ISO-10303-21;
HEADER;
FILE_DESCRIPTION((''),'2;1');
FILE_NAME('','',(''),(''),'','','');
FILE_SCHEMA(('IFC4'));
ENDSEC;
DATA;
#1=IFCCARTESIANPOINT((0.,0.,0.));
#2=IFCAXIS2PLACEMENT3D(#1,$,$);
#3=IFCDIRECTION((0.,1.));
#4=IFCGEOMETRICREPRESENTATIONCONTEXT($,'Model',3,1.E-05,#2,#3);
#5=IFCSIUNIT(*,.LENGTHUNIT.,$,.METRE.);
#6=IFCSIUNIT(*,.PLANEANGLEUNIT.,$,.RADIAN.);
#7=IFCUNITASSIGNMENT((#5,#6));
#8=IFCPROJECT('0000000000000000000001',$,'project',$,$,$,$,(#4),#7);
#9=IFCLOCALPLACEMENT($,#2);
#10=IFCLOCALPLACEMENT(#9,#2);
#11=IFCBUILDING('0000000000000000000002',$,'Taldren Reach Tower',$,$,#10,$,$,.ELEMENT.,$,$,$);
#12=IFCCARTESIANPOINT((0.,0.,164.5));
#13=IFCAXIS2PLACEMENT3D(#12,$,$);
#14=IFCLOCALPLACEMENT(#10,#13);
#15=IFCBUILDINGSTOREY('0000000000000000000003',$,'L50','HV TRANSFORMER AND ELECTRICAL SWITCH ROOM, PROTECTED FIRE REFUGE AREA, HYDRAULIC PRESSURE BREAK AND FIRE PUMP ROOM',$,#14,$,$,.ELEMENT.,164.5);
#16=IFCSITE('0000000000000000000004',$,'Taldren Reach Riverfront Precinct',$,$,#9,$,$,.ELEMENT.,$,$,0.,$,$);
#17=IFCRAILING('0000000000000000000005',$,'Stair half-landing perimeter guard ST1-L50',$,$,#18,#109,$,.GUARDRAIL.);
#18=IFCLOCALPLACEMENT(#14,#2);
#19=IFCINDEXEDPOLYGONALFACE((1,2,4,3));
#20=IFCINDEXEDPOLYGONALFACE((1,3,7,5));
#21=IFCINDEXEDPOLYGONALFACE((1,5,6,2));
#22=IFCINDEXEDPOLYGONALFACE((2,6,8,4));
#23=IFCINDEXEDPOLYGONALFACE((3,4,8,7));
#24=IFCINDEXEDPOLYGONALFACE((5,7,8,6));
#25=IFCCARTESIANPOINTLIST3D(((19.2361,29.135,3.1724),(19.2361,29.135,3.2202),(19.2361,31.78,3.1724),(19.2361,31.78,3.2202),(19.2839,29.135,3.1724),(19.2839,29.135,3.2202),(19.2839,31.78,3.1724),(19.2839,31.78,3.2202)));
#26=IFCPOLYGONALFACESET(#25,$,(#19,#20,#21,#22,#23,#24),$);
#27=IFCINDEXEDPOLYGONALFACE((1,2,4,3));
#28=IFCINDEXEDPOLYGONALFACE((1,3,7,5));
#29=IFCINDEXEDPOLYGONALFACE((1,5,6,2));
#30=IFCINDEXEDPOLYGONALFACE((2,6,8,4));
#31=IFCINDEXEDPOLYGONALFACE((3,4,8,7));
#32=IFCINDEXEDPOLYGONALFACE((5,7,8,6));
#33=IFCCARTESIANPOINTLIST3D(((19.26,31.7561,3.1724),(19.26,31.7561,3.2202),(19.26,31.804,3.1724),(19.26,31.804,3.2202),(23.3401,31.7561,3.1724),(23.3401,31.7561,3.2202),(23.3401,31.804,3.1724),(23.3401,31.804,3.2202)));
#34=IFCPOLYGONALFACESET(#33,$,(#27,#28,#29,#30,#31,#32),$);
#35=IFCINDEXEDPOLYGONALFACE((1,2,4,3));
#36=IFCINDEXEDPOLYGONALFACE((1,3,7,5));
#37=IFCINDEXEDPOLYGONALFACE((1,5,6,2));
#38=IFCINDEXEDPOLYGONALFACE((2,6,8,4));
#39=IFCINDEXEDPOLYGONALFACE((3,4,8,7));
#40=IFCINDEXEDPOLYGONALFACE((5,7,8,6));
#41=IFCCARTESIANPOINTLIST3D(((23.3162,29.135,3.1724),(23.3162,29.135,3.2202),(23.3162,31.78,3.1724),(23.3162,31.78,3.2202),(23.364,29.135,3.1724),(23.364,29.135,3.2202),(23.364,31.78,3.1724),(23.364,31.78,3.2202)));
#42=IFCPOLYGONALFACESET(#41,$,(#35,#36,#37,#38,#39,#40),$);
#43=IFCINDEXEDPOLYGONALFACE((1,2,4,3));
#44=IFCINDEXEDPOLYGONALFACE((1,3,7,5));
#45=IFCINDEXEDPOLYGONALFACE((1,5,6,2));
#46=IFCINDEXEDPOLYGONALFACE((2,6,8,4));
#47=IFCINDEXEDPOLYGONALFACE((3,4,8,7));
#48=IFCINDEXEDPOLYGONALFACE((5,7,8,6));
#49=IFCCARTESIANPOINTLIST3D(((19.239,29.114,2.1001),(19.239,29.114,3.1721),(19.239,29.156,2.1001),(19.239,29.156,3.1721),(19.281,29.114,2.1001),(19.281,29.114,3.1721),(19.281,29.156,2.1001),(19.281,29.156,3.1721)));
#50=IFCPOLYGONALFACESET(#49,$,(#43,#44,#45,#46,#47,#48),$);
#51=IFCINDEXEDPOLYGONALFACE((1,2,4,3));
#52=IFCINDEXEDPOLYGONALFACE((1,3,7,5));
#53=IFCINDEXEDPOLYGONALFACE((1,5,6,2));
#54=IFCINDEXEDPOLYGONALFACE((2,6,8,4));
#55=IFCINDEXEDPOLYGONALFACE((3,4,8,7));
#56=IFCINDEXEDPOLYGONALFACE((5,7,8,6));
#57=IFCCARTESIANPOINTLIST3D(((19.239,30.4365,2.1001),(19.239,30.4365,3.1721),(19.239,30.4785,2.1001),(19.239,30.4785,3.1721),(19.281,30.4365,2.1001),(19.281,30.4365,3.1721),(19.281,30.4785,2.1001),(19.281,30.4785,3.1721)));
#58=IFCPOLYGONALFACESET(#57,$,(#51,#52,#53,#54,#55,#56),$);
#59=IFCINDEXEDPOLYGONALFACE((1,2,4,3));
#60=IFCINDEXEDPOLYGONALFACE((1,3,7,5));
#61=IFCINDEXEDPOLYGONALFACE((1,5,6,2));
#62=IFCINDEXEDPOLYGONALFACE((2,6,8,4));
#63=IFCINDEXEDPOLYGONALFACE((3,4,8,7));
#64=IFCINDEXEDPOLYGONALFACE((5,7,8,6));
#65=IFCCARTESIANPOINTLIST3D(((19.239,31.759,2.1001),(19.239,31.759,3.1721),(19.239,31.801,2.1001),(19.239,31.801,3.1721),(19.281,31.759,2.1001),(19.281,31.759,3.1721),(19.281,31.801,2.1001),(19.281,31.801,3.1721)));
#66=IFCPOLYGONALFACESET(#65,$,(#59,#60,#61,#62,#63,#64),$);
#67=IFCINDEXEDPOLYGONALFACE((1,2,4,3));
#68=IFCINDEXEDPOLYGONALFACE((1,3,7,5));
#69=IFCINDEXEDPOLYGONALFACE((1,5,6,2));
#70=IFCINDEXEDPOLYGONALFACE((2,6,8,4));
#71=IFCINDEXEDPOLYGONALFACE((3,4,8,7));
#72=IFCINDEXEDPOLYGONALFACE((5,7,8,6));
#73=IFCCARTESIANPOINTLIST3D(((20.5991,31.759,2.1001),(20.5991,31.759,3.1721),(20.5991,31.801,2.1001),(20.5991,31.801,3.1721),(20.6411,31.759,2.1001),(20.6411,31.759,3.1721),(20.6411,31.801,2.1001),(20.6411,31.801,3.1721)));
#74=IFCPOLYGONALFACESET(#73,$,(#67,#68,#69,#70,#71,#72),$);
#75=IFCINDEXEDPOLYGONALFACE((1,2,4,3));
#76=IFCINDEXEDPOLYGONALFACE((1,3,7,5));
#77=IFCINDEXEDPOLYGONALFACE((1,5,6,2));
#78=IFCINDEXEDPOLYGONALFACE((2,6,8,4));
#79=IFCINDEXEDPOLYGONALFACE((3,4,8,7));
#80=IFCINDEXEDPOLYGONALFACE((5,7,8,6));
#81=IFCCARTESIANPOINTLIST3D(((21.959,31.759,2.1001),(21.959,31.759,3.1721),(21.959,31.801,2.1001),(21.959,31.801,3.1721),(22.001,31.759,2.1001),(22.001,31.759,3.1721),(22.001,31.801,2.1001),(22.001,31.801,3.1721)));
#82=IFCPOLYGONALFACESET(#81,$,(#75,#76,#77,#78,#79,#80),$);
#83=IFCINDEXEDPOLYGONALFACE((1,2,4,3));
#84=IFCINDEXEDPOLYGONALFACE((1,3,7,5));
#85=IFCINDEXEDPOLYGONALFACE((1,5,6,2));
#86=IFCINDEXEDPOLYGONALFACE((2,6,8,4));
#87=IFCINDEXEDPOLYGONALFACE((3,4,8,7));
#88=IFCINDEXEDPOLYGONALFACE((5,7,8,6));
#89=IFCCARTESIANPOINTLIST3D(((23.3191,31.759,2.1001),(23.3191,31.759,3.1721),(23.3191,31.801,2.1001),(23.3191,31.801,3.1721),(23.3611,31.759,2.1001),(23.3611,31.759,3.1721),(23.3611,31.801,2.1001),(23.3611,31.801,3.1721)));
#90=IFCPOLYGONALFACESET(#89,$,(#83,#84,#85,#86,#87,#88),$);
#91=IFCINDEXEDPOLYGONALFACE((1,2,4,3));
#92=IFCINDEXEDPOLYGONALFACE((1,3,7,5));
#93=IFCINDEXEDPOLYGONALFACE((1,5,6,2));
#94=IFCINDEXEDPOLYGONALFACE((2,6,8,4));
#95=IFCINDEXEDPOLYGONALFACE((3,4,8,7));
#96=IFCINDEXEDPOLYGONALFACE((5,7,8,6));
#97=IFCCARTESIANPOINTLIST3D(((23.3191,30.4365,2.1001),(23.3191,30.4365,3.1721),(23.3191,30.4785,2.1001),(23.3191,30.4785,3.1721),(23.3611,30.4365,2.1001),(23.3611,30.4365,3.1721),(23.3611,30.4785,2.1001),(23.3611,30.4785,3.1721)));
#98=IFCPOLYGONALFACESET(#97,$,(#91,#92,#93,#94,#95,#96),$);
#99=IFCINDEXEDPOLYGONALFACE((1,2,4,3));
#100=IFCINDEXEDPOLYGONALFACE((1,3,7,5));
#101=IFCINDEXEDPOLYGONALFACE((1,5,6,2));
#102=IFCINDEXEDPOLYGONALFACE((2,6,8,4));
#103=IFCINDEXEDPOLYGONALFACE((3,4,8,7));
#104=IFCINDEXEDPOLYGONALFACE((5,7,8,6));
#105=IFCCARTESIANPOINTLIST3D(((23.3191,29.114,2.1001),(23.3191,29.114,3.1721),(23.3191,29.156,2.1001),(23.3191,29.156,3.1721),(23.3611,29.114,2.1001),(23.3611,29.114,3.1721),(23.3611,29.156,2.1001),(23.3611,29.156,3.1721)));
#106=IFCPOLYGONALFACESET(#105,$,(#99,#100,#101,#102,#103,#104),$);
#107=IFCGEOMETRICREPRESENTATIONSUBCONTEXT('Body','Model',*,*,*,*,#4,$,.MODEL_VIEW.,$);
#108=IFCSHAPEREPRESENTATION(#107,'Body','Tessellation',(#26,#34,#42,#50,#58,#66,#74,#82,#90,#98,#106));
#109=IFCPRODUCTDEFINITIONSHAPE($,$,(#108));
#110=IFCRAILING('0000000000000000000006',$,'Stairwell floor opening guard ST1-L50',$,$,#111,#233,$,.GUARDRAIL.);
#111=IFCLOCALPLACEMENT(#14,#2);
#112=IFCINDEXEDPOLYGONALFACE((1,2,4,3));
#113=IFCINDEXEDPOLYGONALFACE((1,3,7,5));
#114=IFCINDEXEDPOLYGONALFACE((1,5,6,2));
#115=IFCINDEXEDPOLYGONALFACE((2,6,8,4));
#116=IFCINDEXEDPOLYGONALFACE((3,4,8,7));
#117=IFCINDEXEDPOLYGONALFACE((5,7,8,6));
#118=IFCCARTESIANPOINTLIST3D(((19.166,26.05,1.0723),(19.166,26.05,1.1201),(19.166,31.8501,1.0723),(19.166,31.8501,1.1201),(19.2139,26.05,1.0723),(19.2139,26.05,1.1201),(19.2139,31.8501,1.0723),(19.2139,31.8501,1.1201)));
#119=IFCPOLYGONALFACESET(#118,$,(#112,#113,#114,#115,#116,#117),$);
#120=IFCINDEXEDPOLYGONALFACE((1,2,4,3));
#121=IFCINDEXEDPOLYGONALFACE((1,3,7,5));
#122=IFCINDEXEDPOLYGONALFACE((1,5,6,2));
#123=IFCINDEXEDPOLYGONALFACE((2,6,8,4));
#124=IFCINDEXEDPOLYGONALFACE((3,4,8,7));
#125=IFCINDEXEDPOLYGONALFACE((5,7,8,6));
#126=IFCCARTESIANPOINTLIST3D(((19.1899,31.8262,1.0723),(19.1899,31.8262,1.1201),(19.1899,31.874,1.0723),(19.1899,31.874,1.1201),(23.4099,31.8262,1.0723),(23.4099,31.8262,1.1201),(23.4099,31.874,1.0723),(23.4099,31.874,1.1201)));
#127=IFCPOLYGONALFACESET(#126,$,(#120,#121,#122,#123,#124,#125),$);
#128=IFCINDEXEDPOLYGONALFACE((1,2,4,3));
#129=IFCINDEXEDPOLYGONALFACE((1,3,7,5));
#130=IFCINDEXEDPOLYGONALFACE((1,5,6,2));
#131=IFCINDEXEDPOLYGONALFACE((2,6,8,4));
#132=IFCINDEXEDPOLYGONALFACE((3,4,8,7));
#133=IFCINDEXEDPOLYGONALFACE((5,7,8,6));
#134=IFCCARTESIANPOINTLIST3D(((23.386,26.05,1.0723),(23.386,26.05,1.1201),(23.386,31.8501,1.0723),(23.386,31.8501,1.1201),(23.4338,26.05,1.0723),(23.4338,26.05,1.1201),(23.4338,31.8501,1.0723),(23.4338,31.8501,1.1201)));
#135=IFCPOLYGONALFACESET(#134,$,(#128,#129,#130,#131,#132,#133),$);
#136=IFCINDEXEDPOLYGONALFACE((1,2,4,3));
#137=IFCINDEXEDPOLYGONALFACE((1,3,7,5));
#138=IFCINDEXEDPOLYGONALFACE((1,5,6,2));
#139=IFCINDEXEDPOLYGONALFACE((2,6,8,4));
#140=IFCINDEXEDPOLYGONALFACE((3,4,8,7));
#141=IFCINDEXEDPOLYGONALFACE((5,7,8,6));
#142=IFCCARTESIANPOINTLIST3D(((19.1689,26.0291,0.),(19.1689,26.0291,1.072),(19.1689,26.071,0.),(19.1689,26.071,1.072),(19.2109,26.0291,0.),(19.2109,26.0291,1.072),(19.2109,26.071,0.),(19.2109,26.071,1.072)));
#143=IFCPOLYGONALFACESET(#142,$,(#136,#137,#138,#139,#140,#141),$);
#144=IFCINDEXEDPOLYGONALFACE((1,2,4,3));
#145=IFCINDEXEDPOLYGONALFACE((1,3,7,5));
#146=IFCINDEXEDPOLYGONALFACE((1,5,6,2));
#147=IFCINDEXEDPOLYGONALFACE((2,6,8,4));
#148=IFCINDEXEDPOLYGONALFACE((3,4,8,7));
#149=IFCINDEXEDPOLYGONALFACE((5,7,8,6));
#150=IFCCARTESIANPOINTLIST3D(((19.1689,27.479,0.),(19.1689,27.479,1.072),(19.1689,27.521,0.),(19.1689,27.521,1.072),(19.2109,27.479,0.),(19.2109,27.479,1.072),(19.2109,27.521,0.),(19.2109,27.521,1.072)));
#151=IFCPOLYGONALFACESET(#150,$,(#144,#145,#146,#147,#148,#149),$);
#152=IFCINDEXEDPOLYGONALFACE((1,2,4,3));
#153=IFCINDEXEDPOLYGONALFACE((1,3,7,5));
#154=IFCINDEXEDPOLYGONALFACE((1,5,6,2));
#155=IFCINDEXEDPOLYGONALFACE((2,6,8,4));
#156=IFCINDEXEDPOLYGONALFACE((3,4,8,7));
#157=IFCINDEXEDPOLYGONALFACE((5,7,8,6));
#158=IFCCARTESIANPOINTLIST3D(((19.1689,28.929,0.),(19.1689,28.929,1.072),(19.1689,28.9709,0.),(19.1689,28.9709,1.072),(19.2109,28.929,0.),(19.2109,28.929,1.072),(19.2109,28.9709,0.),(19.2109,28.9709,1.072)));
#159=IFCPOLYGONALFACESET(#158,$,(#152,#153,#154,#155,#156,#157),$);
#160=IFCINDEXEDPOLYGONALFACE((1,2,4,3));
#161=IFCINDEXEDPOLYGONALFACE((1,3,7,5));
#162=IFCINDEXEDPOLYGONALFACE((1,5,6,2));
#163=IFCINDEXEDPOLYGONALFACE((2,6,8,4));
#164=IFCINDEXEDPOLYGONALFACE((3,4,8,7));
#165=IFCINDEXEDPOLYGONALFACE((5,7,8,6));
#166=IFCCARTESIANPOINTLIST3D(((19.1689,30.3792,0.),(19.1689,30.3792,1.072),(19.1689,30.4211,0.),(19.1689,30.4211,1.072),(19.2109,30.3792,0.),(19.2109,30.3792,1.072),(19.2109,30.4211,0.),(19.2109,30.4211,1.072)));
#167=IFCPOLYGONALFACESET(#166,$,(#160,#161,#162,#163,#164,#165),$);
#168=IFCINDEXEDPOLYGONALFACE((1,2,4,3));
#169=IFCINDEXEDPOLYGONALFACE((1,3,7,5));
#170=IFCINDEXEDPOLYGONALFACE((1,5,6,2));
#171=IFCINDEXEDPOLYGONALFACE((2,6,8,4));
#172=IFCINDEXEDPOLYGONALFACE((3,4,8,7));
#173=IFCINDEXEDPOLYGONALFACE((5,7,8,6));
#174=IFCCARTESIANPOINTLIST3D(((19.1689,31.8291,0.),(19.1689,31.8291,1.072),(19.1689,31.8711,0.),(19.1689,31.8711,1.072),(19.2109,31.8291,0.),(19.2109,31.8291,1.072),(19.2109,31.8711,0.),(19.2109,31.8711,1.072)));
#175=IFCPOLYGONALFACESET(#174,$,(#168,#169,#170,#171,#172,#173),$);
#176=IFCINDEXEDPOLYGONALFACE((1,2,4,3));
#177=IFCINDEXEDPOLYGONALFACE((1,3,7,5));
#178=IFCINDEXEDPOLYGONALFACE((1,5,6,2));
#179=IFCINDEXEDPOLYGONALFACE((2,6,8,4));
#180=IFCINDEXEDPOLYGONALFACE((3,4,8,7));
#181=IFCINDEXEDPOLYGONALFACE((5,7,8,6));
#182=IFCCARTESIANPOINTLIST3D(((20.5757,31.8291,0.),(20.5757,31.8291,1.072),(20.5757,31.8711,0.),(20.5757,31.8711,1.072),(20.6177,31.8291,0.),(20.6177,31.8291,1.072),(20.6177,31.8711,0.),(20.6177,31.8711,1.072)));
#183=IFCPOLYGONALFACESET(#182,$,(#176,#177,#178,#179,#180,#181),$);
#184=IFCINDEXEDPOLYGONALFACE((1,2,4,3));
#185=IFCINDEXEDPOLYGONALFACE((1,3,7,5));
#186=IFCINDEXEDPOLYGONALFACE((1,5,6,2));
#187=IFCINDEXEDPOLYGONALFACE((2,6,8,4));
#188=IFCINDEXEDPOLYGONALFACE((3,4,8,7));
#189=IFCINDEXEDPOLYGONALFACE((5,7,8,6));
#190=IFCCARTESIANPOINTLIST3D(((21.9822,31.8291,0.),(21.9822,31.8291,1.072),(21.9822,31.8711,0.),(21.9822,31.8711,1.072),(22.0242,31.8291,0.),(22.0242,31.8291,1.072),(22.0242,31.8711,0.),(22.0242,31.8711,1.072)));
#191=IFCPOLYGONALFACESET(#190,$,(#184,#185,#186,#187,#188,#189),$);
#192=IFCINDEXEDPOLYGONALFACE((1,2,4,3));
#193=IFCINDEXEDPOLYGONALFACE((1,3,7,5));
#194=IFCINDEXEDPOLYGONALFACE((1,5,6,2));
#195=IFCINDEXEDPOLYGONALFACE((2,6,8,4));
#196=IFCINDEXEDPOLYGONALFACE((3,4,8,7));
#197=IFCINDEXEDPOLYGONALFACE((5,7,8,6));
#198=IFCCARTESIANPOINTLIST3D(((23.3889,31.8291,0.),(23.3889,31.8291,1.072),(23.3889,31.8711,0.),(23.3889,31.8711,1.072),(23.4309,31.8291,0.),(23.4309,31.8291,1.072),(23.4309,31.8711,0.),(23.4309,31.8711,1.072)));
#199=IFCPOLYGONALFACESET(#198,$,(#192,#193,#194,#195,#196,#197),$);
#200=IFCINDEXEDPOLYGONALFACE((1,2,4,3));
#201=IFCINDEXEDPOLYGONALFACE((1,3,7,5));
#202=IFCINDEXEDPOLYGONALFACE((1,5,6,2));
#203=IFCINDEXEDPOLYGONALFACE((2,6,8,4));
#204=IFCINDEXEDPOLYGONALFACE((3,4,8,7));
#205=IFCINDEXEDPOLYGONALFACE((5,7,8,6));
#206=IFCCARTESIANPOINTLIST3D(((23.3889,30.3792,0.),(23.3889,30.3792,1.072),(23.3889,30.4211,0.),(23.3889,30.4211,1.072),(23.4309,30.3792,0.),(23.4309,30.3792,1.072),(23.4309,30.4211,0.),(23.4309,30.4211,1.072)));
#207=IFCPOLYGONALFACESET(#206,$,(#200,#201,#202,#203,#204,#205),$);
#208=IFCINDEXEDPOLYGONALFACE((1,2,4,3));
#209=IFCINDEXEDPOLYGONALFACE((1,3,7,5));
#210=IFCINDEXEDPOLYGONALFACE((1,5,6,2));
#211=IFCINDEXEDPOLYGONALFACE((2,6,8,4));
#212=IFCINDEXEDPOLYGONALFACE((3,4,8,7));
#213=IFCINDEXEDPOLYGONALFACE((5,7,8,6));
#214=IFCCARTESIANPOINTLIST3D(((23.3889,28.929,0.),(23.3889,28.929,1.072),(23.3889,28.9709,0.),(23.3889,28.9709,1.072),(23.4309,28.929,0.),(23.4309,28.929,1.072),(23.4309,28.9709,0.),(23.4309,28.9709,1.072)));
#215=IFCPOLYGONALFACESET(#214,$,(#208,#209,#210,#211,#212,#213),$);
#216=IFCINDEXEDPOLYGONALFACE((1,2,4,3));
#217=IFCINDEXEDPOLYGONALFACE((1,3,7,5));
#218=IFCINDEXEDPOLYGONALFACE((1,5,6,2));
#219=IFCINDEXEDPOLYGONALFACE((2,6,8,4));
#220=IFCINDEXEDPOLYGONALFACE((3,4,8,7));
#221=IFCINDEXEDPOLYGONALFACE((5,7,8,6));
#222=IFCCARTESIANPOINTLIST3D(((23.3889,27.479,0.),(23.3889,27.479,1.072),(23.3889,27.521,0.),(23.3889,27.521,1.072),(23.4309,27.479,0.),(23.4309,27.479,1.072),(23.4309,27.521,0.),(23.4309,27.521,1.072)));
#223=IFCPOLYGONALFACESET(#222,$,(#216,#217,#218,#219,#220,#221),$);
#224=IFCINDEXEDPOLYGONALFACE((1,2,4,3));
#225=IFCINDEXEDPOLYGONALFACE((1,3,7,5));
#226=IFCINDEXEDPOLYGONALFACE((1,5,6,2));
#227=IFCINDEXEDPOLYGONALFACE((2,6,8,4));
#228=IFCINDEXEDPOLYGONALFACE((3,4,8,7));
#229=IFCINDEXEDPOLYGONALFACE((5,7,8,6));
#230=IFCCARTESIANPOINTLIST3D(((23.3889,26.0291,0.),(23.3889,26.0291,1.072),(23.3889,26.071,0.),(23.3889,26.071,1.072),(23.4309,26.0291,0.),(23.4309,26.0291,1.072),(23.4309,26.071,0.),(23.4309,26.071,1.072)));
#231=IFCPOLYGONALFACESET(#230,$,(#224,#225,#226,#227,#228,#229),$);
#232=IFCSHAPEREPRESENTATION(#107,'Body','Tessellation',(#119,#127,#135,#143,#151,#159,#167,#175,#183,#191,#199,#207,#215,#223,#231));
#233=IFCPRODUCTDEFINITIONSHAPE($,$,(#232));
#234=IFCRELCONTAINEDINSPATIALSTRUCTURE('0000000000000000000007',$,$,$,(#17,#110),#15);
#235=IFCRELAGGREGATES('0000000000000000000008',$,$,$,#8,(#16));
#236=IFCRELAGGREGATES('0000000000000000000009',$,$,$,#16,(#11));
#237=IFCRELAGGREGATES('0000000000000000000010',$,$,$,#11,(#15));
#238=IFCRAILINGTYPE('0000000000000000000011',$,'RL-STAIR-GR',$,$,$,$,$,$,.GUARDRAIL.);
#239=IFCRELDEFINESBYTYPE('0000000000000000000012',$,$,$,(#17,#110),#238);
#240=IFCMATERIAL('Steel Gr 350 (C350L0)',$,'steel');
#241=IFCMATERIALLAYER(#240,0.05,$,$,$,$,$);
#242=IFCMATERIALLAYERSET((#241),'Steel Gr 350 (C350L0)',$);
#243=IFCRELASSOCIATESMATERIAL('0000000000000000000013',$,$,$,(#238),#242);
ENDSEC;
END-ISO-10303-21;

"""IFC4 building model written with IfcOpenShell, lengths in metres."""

from ifc_helpers import new_model, si_unit, direction, frame, origin, origin_2d, place, context, subcontext, project, spatial, rectangle, extrude, material, layer, layer_set, type_object, element, save


model = new_model("IFC4")

# Units and contexts
model_context = context("Model", 3, precision=1e-05, world=origin(), true_north=direction((0.0, 1.0)))
body_context = subcontext(model_context, "Body", "Model", "MODEL_VIEW")
ifc_project = project(units=[si_unit("LENGTHUNIT", "METRE"), si_unit("PLANEANGLEUNIT", "RADIAN")], contexts=[model_context])

# Site, building, storey
site_placement = place(None, origin())
site = spatial("IfcSite", under=ifc_project, at=site_placement, Name="Taldren Reach Riverfront Precinct", CompositionType="ELEMENT", RefElevation=0.0)
building_placement = place(site_placement, origin())
building = spatial("IfcBuilding", under=site, at=building_placement, Name="Taldren Reach Tower", CompositionType="ELEMENT")
storey_placement = place(building_placement, frame((0.0, 0.0, 164.5)))
storey = spatial("IfcBuildingStorey", under=building, at=storey_placement, Name="L50", Description="HV TRANSFORMER AND ELECTRICAL SWITCH ROOM, PROTECTED FIRE REFUGE AREA, HYDRAULIC PRESSURE BREAK AND FIRE PUMP ROOM", CompositionType="ELEMENT", Elevation=164.5)

# Shared definitions
ifc_material_1 = material(Name="Steel Gr 350 (C350L0)", Category="steel")

# Railings
ifc_layer_1 = layer(ifc_material_1, 0.05)
ifc_layer_set_1 = layer_set([ifc_layer_1], Name="Steel Gr 350 (C350L0)")
railing_type_1 = type_object("IfcRailingType", Name="RL-STAIR-GR", PredefinedType="GUARDRAIL", material=ifc_layer_set_1)
railing_1_placement = place(storey_placement, frame((19.26, 29.135, 2.1001)))
element("IfcRailing", 1, at=railing_1_placement, inside=storey, type_object=railing_type_1, Name="Stair half-landing perimeter guard ST1-L50", PredefinedType="GUARDRAIL", context=body_context, shape_type="SweptSolid", body=[
    extrude(rectangle(XDim=0.0479, YDim=0.0479, at=origin_2d()), frame((0.0, 0.0, 1.0962), z_axis=(0.0, 1.0, 0.0), x_axis=(-1.0, 0.0, 0.0)), (0.0, 0.0, 1.0), 2.645),
    extrude(rectangle(XDim=0.0479, YDim=0.0479, at=origin_2d()), frame((0.0, 2.645, 1.0962), z_axis=(1.0, 0.0, 0.0), x_axis=(0.0, 1.0, 0.0)), (0.0, 0.0, 1.0), 4.0801),
    extrude(rectangle(XDim=0.0479, YDim=0.0479, at=origin_2d()), frame((4.0801, 2.645, 1.0962), z_axis=(0.0, -1.0, 0.0), x_axis=(1.0, 0.0, 0.0)), (0.0, 0.0, 1.0), 2.645),
    extrude(rectangle(XDim=0.042, YDim=0.042, at=origin_2d()), origin(), (0.0, 0.0, 1.0), 1.072),
    extrude(rectangle(XDim=0.042, YDim=0.042, at=origin_2d()), frame((0.0, 1.3225, 0.0)), (0.0, 0.0, 1.0), 1.072),
    extrude(rectangle(XDim=0.042, YDim=0.042, at=origin_2d()), frame((0.0, 2.645, 0.0)), (0.0, 0.0, 1.0), 1.072),
    extrude(rectangle(XDim=0.042, YDim=0.042, at=origin_2d()), frame((1.3601, 2.645, 0.0)), (0.0, 0.0, 1.0), 1.072),
    extrude(rectangle(XDim=0.042, YDim=0.042, at=origin_2d()), frame((2.72, 2.645, 0.0)), (0.0, 0.0, 1.0), 1.072),
    extrude(rectangle(XDim=0.042, YDim=0.042, at=origin_2d()), frame((4.0801, 2.645, 0.0)), (0.0, 0.0, 1.0), 1.072),
    extrude(rectangle(XDim=0.042, YDim=0.042, at=origin_2d()), frame((4.0801, 1.3225, 0.0)), (0.0, 0.0, 1.0), 1.072),
    extrude(rectangle(XDim=0.042, YDim=0.042, at=origin_2d()), frame((4.0801, 0.0, 0.0)), (0.0, 0.0, 1.0), 1.072),
])
railing_2_placement = place(storey_placement, frame((19.1899, 26.05, 0.0)))
element("IfcRailing", 2, at=railing_2_placement, inside=storey, type_object=railing_type_1, Name="Stairwell floor opening guard ST1-L50", PredefinedType="GUARDRAIL", context=body_context, shape_type="SweptSolid", body=[
    extrude(rectangle(XDim=0.0479, YDim=0.0479, at=origin_2d()), frame((0.0, 0.0, 1.0962), z_axis=(0.0, 1.0, 0.0), x_axis=(-1.0, 0.0, 0.0)), (0.0, 0.0, 1.0), 5.8),
    extrude(rectangle(XDim=0.0479, YDim=0.0479, at=origin_2d()), frame((0.0, 5.8, 1.0962), z_axis=(1.0, 0.0, 0.0), x_axis=(0.0, 1.0, 0.0)), (0.0, 0.0, 1.0), 4.22),
    extrude(rectangle(XDim=0.0479, YDim=0.0479, at=origin_2d()), frame((4.22, 5.8, 1.0962), z_axis=(0.0, -1.0, 0.0), x_axis=(1.0, 0.0, 0.0)), (0.0, 0.0, 1.0), 5.8),
    extrude(rectangle(XDim=0.042, YDim=0.042, at=origin_2d()), origin(), (0.0, 0.0, 1.0), 1.072),
    extrude(rectangle(XDim=0.042, YDim=0.042, at=origin_2d()), frame((0.0, 1.45, 0.0)), (0.0, 0.0, 1.0), 1.072),
    extrude(rectangle(XDim=0.042, YDim=0.042, at=origin_2d()), frame((0.0, 2.8999, 0.0)), (0.0, 0.0, 1.0), 1.072),
    extrude(rectangle(XDim=0.042, YDim=0.042, at=origin_2d()), frame((0.0, 4.3501, 0.0)), (0.0, 0.0, 1.0), 1.072),
    extrude(rectangle(XDim=0.042, YDim=0.042, at=origin_2d()), frame((0.0, 5.8, 0.0)), (0.0, 0.0, 1.0), 1.072),
    extrude(rectangle(XDim=0.042, YDim=0.042, at=origin_2d()), frame((1.4067, 5.8, 0.0)), (0.0, 0.0, 1.0), 1.072),
    extrude(rectangle(XDim=0.042, YDim=0.042, at=origin_2d()), frame((2.8132, 5.8, 0.0)), (0.0, 0.0, 1.0), 1.072),
    extrude(rectangle(XDim=0.042, YDim=0.042, at=origin_2d()), frame((4.22, 5.8, 0.0)), (0.0, 0.0, 1.0), 1.072),
    extrude(rectangle(XDim=0.042, YDim=0.042, at=origin_2d()), frame((4.22, 4.3501, 0.0)), (0.0, 0.0, 1.0), 1.072),
    extrude(rectangle(XDim=0.042, YDim=0.042, at=origin_2d()), frame((4.22, 2.8999, 0.0)), (0.0, 0.0, 1.0), 1.072),
    extrude(rectangle(XDim=0.042, YDim=0.042, at=origin_2d()), frame((4.22, 1.45, 0.0)), (0.0, 0.0, 1.0), 1.072),
    extrude(rectangle(XDim=0.042, YDim=0.042, at=origin_2d()), frame((4.22, 0.0, 0.0)), (0.0, 0.0, 1.0), 1.072),
])

save(model, "model.ifc")
